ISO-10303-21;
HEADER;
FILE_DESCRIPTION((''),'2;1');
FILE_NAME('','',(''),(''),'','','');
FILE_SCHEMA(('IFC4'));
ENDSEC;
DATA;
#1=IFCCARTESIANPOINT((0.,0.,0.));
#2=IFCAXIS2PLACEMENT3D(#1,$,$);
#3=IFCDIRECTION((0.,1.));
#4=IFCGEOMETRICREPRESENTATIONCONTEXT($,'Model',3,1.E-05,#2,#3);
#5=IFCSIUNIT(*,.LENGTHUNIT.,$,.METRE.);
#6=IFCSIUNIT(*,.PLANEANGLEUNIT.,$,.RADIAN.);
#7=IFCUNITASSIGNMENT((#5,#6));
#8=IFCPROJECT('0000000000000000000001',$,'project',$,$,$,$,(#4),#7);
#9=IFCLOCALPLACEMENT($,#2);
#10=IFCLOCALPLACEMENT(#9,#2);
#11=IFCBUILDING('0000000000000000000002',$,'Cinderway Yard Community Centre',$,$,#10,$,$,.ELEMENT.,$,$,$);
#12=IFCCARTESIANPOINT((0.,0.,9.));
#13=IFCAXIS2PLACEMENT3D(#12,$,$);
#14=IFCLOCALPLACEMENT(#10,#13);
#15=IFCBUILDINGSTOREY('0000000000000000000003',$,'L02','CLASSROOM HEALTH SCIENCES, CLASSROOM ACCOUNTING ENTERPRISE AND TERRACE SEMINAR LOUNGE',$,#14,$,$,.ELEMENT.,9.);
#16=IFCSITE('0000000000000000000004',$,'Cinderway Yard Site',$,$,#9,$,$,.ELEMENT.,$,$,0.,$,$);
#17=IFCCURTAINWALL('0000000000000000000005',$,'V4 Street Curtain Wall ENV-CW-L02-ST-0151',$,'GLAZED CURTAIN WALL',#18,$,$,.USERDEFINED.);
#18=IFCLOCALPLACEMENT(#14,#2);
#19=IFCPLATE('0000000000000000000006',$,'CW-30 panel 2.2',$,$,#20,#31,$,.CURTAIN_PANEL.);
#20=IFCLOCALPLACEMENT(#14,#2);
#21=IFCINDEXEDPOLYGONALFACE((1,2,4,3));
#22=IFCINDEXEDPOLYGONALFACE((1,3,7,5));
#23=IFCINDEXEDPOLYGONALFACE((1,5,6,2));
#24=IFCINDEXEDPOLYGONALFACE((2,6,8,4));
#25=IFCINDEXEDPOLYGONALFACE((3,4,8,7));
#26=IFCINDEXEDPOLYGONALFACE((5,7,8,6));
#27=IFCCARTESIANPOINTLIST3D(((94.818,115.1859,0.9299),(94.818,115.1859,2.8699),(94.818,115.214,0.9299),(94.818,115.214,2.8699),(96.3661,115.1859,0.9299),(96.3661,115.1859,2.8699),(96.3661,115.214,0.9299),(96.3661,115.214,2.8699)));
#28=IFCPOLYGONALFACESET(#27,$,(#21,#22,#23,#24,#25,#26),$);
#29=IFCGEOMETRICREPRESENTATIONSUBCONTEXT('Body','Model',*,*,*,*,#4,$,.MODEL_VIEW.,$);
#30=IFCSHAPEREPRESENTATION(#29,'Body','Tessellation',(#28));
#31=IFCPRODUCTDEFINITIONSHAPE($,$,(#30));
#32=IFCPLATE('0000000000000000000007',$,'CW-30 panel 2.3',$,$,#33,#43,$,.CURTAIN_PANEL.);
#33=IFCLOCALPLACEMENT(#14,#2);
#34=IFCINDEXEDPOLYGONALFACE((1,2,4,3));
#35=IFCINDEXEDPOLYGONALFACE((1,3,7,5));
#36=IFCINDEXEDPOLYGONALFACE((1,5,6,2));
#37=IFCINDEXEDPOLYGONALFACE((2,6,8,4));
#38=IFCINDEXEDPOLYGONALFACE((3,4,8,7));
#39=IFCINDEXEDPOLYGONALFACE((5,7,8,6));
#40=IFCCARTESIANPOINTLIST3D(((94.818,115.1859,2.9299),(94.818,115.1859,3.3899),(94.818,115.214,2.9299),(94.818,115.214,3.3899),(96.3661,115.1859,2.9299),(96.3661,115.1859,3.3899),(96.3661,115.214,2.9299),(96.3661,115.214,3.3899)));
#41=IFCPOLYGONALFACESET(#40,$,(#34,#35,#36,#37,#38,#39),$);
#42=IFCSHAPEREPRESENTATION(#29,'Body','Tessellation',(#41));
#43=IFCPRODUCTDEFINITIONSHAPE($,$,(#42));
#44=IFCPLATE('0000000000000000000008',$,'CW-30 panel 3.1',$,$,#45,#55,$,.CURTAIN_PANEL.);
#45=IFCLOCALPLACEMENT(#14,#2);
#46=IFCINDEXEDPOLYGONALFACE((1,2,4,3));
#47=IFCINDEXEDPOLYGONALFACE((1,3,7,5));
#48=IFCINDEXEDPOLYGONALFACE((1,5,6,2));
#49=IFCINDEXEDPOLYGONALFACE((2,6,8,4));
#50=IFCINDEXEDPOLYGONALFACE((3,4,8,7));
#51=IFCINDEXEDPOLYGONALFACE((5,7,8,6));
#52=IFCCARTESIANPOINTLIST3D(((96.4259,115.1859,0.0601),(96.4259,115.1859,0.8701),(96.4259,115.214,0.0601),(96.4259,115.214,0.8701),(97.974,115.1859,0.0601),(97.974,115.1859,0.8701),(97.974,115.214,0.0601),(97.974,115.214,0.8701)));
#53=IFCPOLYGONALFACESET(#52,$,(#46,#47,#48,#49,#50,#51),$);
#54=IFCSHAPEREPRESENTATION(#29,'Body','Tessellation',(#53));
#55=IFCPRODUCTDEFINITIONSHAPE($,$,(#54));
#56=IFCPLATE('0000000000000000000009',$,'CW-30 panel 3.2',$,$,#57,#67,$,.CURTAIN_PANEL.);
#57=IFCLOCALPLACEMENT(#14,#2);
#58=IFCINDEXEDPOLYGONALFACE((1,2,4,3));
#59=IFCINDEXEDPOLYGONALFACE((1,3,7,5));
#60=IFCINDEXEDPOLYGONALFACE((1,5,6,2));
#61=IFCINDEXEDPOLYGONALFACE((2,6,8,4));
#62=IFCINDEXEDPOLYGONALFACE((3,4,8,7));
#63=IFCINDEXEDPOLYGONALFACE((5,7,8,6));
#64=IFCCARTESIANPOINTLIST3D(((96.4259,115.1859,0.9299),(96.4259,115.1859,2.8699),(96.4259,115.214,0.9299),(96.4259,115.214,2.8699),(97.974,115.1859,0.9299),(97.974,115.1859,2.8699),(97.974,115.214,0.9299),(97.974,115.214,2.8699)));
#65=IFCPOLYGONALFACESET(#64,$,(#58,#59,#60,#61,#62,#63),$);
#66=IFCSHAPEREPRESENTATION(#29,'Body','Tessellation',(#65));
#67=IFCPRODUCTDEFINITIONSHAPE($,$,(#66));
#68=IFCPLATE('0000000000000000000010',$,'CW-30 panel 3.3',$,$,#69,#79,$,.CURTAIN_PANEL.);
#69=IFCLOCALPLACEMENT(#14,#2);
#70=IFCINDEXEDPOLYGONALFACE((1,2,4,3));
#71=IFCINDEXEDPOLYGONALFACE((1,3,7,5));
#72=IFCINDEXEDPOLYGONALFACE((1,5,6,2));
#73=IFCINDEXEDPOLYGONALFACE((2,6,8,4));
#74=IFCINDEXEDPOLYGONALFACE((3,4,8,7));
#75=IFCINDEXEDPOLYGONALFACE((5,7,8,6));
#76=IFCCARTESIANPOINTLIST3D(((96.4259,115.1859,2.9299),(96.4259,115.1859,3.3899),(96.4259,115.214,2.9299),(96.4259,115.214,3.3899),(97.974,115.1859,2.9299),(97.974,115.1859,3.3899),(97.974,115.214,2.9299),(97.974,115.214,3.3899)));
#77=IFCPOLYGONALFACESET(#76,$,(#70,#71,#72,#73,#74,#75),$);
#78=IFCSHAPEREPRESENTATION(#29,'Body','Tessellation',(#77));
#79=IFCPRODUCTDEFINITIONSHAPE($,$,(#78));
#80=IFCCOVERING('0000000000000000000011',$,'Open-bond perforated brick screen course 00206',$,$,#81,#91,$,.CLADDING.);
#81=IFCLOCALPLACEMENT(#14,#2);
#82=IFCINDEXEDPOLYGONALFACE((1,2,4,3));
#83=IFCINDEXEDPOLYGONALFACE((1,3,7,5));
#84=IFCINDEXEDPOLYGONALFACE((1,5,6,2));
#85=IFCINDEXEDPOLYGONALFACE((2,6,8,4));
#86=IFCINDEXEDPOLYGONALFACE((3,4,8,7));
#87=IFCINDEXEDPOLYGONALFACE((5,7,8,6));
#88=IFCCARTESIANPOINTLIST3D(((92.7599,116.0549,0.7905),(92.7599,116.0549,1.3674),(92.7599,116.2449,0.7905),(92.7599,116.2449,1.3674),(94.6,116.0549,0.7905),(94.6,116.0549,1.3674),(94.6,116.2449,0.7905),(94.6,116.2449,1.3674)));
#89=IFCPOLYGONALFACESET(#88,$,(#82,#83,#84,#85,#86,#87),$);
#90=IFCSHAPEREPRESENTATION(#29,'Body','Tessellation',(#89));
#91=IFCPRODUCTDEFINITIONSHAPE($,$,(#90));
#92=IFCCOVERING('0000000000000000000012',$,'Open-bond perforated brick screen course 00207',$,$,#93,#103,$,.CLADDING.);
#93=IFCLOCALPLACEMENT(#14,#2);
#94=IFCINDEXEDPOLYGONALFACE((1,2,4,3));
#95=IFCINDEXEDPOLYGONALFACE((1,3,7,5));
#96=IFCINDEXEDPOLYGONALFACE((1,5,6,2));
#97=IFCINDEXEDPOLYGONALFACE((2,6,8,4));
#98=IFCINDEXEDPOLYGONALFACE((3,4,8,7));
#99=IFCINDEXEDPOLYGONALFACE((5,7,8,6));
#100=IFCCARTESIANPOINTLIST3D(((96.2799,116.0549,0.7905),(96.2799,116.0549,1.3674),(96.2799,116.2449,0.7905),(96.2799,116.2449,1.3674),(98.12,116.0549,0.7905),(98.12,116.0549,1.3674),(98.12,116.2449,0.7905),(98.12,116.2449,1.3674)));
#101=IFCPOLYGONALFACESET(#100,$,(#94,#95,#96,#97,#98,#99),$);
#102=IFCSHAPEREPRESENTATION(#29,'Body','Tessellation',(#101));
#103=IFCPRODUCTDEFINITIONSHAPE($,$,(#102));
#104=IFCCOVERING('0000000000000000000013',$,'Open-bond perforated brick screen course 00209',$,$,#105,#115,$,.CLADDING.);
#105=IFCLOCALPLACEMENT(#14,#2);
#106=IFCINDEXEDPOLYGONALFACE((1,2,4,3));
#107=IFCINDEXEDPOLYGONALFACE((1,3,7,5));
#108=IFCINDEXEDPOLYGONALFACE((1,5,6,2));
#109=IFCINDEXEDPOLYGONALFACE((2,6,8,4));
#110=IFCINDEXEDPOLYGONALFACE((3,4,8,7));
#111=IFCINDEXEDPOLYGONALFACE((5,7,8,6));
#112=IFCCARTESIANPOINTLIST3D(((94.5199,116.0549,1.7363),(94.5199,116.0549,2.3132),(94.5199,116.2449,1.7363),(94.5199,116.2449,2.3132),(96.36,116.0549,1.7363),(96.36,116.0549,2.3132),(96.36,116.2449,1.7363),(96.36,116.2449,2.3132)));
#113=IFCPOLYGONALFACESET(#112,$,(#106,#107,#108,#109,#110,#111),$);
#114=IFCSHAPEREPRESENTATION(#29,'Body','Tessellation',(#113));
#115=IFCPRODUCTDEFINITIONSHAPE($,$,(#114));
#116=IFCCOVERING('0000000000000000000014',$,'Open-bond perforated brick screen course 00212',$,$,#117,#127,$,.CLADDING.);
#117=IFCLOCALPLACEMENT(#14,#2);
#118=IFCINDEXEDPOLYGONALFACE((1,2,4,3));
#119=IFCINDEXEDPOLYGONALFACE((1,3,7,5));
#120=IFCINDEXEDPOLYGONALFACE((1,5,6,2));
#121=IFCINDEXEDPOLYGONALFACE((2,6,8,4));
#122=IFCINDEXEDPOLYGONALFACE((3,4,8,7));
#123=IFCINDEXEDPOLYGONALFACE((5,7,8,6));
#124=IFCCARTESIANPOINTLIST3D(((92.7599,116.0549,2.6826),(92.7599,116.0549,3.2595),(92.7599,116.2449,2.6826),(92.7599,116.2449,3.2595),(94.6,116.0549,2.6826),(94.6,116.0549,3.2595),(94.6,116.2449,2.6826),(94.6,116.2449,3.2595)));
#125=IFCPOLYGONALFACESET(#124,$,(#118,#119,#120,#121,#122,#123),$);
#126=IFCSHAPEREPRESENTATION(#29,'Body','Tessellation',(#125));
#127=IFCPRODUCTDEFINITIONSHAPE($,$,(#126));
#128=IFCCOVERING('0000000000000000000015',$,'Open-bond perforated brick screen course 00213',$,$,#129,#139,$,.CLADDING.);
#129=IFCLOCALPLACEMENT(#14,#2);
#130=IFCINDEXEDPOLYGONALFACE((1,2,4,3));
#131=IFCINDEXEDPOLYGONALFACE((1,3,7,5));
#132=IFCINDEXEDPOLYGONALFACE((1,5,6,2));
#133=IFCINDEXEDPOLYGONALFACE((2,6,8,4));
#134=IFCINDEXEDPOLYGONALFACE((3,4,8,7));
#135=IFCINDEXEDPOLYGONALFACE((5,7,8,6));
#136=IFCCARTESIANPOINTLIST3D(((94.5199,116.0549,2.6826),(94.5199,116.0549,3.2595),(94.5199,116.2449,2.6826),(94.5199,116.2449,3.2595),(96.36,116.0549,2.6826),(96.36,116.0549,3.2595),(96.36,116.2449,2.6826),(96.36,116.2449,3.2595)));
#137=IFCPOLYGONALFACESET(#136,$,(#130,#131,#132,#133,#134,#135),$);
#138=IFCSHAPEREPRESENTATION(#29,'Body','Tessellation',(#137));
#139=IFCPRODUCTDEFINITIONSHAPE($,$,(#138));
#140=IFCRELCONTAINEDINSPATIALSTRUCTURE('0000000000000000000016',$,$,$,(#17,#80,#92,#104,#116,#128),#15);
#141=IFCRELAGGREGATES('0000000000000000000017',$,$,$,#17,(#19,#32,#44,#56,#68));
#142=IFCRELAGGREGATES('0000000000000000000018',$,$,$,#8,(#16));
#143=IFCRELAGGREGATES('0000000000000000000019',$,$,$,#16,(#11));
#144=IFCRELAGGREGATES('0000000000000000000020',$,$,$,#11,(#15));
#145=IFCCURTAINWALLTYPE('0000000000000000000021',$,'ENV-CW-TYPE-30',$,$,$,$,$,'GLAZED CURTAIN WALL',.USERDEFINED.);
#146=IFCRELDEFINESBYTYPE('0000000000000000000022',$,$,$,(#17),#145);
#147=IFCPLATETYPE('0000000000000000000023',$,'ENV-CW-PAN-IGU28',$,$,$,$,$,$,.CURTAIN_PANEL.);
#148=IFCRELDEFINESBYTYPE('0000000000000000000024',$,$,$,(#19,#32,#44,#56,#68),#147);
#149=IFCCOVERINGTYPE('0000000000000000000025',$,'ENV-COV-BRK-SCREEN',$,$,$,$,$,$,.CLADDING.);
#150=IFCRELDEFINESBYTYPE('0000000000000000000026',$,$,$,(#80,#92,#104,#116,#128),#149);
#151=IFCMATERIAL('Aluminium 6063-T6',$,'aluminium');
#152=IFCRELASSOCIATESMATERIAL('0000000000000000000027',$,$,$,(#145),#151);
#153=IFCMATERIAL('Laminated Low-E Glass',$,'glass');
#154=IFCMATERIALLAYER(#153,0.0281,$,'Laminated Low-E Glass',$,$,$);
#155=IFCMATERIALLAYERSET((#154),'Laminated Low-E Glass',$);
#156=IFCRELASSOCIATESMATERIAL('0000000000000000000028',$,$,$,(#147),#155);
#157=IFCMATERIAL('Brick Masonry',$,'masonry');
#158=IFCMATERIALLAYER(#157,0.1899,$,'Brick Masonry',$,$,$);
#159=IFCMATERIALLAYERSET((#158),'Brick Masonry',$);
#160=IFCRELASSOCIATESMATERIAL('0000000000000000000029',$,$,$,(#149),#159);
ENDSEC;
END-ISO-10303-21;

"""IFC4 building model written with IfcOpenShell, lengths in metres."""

from ifc_helpers import new_model, si_unit, direction, frame, origin, origin_2d, place, context, subcontext, project, spatial, rectangle, extrude, material, layer, layer_set, type_object, element, aggregate, save


model = new_model("IFC4")

# Units and contexts
model_context = context("Model", 3, precision=1e-05, world=origin(), true_north=direction((0.0, 1.0)))
body_context = subcontext(model_context, "Body", "Model", "MODEL_VIEW")
ifc_project = project(units=[si_unit("LENGTHUNIT", "METRE"), si_unit("PLANEANGLEUNIT", "RADIAN")], contexts=[model_context])

# Site, building, storey
site_placement = place(None, origin())
site = spatial("IfcSite", under=ifc_project, at=site_placement, Name="Cinderway Yard Site", CompositionType="ELEMENT", RefElevation=0.0)
building_placement = place(site_placement, origin())
building = spatial("IfcBuilding", under=site, at=building_placement, Name="Cinderway Yard Community Centre", CompositionType="ELEMENT")
storey_placement = place(building_placement, frame((0.0, 0.0, 9.0)))
storey = spatial("IfcBuildingStorey", under=building, at=storey_placement, Name="L02", Description="CLASSROOM HEALTH SCIENCES, CLASSROOM ACCOUNTING ENTERPRISE AND TERRACE SEMINAR LOUNGE", CompositionType="ELEMENT", Elevation=9.0)

# Curtain wall
ifc_material_1 = material(Name="Aluminium 6063-T6", Category="aluminium")
curtain_wall_type = type_object("IfcCurtainWallType", Name="ENV-CW-TYPE-30", ElementType="GLAZED CURTAIN WALL", PredefinedType="USERDEFINED", material=ifc_material_1)
curtain_wall_placement = place(storey_placement, origin())
curtain_wall = element("IfcCurtainWall", 1, at=curtain_wall_placement, inside=storey, type_object=curtain_wall_type, Name="V4 Street Curtain Wall ENV-CW-L02-ST-0151", ObjectType="GLAZED CURTAIN WALL", PredefinedType="USERDEFINED")

# Plates
ifc_material_2 = material(Name="Laminated Low-E Glass", Category="glass")
ifc_layer_1 = layer(ifc_material_2, 0.0281, Name="Laminated Low-E Glass")
ifc_layer_set_1 = layer_set([ifc_layer_1], Name="Laminated Low-E Glass")
plate_type = type_object("IfcPlateType", Name="ENV-CW-PAN-IGU28", PredefinedType="CURTAIN_PANEL", material=ifc_layer_set_1)
plate_1_placement = place(storey_placement, frame((95.592, 115.2, 0.9299), z_axis=(0.0, 0.0, 1.0), x_axis=(1.0, 0.0, 0.0)))
plate_1 = element("IfcPlate", 2, at=plate_1_placement, type_object=plate_type, Name="CW-30 panel 2.2", PredefinedType="CURTAIN_PANEL", context=body_context, shape_type="SweptSolid", body=[
    extrude(rectangle(XDim=1.5481, YDim=0.0281, at=origin_2d()), origin(), (0.0, 0.0, 1.0), 1.9399),
])
plate_2_placement = place(storey_placement, frame((95.592, 115.2, 2.9299), z_axis=(0.0, 0.0, 1.0), x_axis=(1.0, 0.0, 0.0)))
plate_2 = element("IfcPlate", 3, at=plate_2_placement, type_object=plate_type, Name="CW-30 panel 2.3", PredefinedType="CURTAIN_PANEL", context=body_context, shape_type="SweptSolid", body=[
    extrude(rectangle(XDim=1.5481, YDim=0.0281, at=origin_2d()), origin(), (0.0, 0.0, 1.0), 0.46),
])
plate_3_placement = place(storey_placement, frame((97.2, 115.2, 0.0601), z_axis=(0.0, 0.0, 1.0), x_axis=(1.0, 0.0, 0.0)))
plate_3 = element("IfcPlate", 4, at=plate_3_placement, type_object=plate_type, Name="CW-30 panel 3.1", PredefinedType="CURTAIN_PANEL", context=body_context, shape_type="SweptSolid", body=[
    extrude(rectangle(XDim=1.5481, YDim=0.0281, at=origin_2d()), origin(), (0.0, 0.0, 1.0), 0.8101),
])
plate_4_placement = place(storey_placement, frame((97.2, 115.2, 0.9299), z_axis=(0.0, 0.0, 1.0), x_axis=(1.0, 0.0, 0.0)))
plate_4 = element("IfcPlate", 5, at=plate_4_placement, type_object=plate_type, Name="CW-30 panel 3.2", PredefinedType="CURTAIN_PANEL", context=body_context, shape_type="SweptSolid", body=[
    extrude(rectangle(XDim=1.5481, YDim=0.0281, at=origin_2d()), origin(), (0.0, 0.0, 1.0), 1.9399),
])
plate_5_placement = place(storey_placement, frame((97.2, 115.2, 2.9299), z_axis=(0.0, 0.0, 1.0), x_axis=(1.0, 0.0, 0.0)))
plate_5 = element("IfcPlate", 6, at=plate_5_placement, type_object=plate_type, Name="CW-30 panel 3.3", PredefinedType="CURTAIN_PANEL", context=body_context, shape_type="SweptSolid", body=[
    extrude(rectangle(XDim=1.5481, YDim=0.0281, at=origin_2d()), origin(), (0.0, 0.0, 1.0), 0.46),
])
aggregate(curtain_wall, [plate_1, plate_2, plate_3, plate_4, plate_5])

# Coverings
ifc_material_3 = material(Name="Brick Masonry", Category="masonry")
ifc_layer_2 = layer(ifc_material_3, 0.1899, Name="Brick Masonry")
ifc_layer_set_2 = layer_set([ifc_layer_2], Name="Brick Masonry")
covering_type = type_object("IfcCoveringType", Name="ENV-COV-BRK-SCREEN", PredefinedType="CLADDING", material=ifc_layer_set_2)
for number, where, z_axis, x_axis, name in (
    (7, (93.6799, 116.1499, 0.7905), (0.0, 0.0, 1.0), (1.0, 0.0, 0.0), "Open-bond perforated brick screen course 00206"),
    (8, (97.2, 116.1499, 0.7905), (0.0, 0.0, 1.0), (1.0, 0.0, 0.0), "Open-bond perforated brick screen course 00207"),
    (9, (95.4399, 116.1499, 1.7363), (0.0, 0.0, 1.0), (1.0, 0.0, 0.0), "Open-bond perforated brick screen course 00209"),
    (10, (93.6799, 116.1499, 2.6826), (0.0, 0.0, 1.0), (1.0, 0.0, 0.0), "Open-bond perforated brick screen course 00212"),
    (11, (95.4399, 116.1499, 2.6826), (0.0, 0.0, 1.0), (1.0, 0.0, 0.0), "Open-bond perforated brick screen course 00213"),
):
    element("IfcCovering", number, at=place(storey_placement, frame(where, z_axis=z_axis, x_axis=x_axis)), inside=storey, type_object=covering_type, Name=name, PredefinedType="CLADDING", context=body_context, shape_type="SweptSolid", body=[
        extrude(rectangle(XDim=1.8401, YDim=0.1899, at=origin_2d()), origin(), (0.0, 0.0, 1.0), 0.5769),
    ])

save(model, "model.ifc")
